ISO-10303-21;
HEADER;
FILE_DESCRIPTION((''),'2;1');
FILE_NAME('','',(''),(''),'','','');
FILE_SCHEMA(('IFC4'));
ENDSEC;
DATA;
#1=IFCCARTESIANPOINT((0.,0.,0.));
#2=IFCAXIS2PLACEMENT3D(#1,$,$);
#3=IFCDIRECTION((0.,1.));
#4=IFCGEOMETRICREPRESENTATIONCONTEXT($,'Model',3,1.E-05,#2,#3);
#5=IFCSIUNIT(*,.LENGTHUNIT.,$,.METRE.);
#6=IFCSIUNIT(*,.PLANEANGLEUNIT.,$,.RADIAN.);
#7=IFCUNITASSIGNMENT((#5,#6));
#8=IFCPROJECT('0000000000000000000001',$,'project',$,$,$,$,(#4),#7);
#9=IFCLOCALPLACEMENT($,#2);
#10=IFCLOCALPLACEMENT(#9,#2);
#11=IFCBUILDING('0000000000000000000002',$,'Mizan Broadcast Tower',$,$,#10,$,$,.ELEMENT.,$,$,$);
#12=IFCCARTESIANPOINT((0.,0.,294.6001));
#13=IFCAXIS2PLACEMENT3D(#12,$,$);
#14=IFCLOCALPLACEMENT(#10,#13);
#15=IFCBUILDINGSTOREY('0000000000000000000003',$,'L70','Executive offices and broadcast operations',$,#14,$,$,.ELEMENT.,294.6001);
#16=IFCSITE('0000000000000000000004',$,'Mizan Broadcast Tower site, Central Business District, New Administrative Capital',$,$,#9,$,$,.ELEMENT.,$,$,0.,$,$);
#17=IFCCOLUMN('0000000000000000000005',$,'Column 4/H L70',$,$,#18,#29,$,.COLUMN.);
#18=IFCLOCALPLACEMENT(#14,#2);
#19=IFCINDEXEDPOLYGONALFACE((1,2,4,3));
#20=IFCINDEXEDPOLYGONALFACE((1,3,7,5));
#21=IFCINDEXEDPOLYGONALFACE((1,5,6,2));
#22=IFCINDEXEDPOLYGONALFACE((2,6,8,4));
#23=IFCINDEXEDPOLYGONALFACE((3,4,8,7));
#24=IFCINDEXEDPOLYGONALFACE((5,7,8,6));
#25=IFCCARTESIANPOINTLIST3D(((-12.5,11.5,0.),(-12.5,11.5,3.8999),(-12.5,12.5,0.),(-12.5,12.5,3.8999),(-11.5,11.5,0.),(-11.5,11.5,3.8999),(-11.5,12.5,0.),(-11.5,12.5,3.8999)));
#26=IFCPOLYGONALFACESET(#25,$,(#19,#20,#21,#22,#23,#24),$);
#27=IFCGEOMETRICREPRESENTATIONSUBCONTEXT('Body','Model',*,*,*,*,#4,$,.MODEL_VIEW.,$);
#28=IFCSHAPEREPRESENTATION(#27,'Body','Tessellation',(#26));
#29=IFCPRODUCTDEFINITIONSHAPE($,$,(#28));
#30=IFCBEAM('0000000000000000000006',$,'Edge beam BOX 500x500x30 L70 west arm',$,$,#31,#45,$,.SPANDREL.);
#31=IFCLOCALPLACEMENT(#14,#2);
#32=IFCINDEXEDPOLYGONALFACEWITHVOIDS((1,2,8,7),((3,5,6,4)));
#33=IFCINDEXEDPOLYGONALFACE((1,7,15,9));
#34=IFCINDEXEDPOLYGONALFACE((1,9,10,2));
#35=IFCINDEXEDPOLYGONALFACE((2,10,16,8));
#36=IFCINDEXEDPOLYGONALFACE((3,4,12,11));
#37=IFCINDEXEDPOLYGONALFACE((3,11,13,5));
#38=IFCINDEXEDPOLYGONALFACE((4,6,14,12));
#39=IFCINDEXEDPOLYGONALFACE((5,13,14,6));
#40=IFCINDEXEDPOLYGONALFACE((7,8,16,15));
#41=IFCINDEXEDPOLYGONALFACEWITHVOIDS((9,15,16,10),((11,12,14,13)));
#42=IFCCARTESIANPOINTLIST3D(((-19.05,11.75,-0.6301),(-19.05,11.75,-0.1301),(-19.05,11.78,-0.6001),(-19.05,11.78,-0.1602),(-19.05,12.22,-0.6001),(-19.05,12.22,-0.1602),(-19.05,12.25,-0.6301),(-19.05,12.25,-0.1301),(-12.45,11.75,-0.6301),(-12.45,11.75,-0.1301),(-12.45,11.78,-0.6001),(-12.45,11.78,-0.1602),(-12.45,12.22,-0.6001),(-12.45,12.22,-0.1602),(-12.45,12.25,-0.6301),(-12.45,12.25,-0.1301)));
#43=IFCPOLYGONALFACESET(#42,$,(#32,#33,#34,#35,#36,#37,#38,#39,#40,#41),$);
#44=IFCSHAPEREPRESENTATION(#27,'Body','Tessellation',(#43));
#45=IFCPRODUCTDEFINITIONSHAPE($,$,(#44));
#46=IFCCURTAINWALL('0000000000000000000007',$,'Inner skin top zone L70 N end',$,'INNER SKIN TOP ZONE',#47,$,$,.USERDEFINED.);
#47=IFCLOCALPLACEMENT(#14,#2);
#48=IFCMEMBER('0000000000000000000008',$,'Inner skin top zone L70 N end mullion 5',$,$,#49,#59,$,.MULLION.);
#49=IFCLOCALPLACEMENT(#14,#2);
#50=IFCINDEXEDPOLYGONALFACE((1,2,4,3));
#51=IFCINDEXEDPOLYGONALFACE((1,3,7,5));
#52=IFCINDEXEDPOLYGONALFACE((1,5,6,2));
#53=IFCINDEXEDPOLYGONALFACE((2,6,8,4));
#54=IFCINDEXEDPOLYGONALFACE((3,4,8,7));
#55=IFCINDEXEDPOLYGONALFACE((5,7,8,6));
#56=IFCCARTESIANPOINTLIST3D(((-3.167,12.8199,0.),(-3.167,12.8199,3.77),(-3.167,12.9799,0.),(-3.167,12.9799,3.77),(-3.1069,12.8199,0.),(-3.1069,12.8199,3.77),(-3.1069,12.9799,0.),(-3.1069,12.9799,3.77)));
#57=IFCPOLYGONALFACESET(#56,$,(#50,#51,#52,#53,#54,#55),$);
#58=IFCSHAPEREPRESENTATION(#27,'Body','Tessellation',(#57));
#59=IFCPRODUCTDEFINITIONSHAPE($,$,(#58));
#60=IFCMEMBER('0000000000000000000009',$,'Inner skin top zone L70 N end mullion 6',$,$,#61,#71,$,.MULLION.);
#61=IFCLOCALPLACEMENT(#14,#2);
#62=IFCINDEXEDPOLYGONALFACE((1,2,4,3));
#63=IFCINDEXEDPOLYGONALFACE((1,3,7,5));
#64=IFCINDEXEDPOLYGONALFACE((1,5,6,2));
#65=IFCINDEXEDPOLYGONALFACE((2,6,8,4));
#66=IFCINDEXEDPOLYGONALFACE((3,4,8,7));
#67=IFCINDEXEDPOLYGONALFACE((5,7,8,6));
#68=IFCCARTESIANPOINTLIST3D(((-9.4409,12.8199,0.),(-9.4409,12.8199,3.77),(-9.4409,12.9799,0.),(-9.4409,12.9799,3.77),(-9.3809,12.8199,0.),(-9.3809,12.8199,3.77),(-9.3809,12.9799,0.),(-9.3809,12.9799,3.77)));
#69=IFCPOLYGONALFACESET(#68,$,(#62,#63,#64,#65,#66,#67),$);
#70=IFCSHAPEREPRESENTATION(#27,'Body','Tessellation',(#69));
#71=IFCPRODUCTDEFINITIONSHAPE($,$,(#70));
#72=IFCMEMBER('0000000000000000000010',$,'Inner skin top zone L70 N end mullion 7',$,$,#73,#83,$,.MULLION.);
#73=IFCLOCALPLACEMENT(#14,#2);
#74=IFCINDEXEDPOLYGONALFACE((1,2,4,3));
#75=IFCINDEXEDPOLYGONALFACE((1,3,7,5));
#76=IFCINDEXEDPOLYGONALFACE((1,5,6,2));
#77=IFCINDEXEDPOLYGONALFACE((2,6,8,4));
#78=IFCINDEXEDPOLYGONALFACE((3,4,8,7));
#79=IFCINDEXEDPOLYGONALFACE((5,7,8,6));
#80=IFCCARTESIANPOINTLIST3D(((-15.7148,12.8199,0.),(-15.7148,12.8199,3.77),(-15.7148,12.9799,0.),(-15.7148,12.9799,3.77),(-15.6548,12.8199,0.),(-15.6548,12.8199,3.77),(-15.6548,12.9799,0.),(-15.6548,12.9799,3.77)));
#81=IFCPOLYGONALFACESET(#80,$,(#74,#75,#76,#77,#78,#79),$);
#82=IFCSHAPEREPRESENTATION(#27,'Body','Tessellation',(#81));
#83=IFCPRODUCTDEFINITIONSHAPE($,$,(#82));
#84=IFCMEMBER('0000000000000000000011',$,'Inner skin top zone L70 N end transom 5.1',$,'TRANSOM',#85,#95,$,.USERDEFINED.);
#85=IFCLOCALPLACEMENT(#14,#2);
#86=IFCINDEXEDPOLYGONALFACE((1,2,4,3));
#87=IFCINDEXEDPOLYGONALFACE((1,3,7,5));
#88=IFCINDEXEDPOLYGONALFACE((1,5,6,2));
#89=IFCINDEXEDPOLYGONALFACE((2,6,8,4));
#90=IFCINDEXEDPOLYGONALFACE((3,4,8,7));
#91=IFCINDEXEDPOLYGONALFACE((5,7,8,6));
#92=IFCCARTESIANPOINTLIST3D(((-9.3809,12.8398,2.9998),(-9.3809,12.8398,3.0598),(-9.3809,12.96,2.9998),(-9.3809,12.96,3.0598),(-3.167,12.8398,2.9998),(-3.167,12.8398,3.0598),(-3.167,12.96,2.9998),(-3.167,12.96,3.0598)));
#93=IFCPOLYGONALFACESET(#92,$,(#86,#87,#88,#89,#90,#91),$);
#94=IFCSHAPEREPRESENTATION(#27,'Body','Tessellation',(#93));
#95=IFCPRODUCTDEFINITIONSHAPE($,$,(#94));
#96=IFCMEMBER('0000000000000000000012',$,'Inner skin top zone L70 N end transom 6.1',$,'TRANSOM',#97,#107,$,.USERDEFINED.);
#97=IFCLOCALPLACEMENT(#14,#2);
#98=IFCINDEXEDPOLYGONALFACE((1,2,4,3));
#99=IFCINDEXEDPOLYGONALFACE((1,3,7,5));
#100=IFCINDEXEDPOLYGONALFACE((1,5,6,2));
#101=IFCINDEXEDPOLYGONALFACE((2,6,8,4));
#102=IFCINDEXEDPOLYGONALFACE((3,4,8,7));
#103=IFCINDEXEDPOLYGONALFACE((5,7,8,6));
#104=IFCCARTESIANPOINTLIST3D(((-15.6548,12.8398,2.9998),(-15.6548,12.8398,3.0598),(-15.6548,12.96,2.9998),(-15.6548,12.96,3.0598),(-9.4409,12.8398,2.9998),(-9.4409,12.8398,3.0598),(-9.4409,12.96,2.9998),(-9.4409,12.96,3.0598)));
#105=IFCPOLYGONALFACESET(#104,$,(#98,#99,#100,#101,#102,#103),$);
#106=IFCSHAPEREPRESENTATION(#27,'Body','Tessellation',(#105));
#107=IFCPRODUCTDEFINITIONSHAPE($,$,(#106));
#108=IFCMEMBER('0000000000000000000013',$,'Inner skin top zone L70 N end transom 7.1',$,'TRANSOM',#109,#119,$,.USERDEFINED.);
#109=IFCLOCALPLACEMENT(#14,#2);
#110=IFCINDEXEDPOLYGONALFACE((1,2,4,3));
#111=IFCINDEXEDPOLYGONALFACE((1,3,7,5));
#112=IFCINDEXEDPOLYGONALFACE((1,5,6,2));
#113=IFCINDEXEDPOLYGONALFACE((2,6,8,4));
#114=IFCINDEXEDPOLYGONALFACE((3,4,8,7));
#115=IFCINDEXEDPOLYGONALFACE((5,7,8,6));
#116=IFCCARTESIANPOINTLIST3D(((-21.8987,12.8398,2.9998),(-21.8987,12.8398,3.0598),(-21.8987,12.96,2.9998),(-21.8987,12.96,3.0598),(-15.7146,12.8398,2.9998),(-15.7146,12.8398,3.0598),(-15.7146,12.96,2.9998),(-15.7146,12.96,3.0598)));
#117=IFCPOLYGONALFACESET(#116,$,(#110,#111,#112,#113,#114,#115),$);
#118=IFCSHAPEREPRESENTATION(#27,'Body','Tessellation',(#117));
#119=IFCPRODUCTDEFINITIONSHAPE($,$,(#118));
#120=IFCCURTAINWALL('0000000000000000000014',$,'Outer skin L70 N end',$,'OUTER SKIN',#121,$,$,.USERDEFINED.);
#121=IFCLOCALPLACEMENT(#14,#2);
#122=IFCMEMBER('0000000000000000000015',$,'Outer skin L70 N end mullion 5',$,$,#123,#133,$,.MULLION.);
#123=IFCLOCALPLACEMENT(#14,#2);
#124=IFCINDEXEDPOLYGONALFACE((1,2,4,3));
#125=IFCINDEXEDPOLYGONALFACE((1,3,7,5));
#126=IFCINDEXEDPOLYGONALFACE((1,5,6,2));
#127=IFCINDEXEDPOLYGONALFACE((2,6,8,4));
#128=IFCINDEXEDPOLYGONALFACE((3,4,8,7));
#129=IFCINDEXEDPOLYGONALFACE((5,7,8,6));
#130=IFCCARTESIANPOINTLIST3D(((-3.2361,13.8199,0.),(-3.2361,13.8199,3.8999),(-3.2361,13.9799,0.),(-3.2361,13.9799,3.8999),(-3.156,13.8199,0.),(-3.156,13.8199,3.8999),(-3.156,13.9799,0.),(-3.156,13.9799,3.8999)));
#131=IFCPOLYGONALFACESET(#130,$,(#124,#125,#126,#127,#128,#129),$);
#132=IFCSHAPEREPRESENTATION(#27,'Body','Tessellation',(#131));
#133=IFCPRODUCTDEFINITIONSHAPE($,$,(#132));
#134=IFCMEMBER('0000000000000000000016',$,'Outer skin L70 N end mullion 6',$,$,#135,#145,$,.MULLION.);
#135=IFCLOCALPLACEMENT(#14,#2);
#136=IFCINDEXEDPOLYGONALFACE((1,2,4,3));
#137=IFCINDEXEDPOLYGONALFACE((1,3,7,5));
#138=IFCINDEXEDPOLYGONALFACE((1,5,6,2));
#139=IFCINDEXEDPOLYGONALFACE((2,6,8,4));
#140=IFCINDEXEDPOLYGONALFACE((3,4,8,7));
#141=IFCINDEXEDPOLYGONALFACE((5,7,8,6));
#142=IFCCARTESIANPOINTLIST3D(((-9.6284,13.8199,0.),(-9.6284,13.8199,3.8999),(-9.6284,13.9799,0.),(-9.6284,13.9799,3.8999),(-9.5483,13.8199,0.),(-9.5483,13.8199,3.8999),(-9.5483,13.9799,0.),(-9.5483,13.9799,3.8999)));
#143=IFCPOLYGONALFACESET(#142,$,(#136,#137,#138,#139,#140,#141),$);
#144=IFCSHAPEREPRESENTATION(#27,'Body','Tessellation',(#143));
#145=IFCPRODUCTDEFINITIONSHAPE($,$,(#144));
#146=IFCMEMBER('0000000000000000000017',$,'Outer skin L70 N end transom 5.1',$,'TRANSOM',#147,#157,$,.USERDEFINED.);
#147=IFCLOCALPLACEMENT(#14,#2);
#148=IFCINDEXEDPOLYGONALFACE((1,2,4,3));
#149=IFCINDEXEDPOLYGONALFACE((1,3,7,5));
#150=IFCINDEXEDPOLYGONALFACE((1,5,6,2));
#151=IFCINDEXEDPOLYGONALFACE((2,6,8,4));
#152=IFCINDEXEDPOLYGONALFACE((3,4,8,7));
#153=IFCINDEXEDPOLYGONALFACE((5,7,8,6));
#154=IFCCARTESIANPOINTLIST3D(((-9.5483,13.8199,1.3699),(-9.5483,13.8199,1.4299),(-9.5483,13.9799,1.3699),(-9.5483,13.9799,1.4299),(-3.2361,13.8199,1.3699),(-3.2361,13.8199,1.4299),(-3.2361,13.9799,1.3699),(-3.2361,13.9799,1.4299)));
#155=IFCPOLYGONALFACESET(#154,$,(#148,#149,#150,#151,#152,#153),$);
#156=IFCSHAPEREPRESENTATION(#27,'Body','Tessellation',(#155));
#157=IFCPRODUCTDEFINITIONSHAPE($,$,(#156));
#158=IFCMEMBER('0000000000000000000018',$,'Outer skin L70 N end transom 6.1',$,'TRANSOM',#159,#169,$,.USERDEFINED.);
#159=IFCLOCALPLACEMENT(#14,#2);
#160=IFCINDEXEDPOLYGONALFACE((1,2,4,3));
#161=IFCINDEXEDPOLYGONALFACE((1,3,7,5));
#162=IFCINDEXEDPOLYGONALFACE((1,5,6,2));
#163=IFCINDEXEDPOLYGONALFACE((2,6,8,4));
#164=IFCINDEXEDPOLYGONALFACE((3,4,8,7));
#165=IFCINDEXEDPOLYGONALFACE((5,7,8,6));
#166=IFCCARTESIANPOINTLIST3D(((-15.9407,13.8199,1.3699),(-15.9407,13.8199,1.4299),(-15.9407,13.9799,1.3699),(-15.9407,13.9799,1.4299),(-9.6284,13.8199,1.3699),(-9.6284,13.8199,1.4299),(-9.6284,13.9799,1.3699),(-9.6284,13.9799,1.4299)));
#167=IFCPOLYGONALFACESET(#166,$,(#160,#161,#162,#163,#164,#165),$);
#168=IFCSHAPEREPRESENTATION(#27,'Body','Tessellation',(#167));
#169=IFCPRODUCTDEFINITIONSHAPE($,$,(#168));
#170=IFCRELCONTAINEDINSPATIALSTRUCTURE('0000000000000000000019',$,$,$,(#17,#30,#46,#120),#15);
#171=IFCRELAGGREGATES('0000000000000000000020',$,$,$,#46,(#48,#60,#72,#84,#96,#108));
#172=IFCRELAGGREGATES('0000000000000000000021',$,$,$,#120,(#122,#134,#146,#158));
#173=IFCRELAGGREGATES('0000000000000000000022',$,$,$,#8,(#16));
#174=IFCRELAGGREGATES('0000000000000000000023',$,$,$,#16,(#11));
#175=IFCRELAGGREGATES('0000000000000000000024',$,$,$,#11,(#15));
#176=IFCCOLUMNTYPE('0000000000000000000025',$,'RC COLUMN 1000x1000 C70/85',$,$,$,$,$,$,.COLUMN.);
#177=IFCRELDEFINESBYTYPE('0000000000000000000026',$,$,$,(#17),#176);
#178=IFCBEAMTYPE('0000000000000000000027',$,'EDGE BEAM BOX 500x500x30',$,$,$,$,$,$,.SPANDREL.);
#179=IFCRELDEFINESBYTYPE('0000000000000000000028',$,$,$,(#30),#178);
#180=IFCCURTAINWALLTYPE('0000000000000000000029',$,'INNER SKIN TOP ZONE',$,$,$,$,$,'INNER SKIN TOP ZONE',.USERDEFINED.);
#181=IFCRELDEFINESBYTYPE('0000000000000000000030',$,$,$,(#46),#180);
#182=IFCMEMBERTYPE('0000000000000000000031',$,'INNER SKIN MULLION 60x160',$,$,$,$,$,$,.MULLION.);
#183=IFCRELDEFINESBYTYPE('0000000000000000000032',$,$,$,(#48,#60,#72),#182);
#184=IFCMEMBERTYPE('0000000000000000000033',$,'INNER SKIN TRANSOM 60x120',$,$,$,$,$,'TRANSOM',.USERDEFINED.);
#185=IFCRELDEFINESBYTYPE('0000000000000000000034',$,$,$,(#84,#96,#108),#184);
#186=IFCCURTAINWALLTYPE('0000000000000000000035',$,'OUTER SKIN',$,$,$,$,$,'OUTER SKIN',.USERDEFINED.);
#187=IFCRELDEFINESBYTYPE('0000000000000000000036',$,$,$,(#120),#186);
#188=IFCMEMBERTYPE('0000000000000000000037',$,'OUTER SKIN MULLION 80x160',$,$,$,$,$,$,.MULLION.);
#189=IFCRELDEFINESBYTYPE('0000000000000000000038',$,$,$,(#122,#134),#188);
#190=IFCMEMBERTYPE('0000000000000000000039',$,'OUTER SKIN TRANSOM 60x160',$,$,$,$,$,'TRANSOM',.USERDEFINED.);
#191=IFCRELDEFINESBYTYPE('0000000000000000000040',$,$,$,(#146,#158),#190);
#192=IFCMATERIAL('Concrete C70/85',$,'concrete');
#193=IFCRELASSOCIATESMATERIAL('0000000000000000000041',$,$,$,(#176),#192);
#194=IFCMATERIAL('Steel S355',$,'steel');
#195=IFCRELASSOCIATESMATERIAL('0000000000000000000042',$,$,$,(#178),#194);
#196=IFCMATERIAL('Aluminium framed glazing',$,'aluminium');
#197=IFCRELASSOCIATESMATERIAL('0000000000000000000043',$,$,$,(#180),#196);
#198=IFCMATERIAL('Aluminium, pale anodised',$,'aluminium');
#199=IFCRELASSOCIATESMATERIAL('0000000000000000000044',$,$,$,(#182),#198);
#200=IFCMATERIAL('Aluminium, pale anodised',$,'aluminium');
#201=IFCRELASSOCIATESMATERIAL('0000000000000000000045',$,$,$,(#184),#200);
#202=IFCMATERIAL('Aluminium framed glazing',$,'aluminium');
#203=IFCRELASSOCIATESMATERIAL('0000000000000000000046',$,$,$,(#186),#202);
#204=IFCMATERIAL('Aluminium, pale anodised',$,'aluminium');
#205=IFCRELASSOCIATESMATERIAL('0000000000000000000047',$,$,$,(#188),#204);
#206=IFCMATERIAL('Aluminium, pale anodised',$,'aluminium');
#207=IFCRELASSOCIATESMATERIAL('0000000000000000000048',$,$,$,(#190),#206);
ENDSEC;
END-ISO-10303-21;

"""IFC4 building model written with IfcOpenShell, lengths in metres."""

from ifc_helpers import new_model, si_unit, direction, frame, origin, origin_2d, place, context, subcontext, project, spatial, rectangle, hollow_rectangle, extrude, material, material_profile, profile_set, type_object, element, aggregate, save


model = new_model("IFC4")

# Units and contexts
model_context = context("Model", 3, precision=1e-05, world=origin(), true_north=direction((0.0, 1.0)))
body_context = subcontext(model_context, "Body", "Model", "MODEL_VIEW")
ifc_project = project(units=[si_unit("LENGTHUNIT", "METRE"), si_unit("PLANEANGLEUNIT", "RADIAN")], contexts=[model_context])

# Site, building, storey
site_placement = place(None, origin())
site = spatial("IfcSite", under=ifc_project, at=site_placement, Name="Mizan Broadcast Tower site, Central Business District, New Administrative Capital", CompositionType="ELEMENT", RefElevation=0.0)
building_placement = place(site_placement, origin())
building = spatial("IfcBuilding", under=site, at=building_placement, Name="Mizan Broadcast Tower", CompositionType="ELEMENT")
storey_placement = place(building_placement, frame((0.0, 0.0, 294.6001)))
storey = spatial("IfcBuildingStorey", under=building, at=storey_placement, Name="L70", Description="Executive offices and broadcast operations", CompositionType="ELEMENT", Elevation=294.6001)

# Column
ifc_material_1 = material(Name="Concrete C70/85", Category="concrete")
ifc_material_profile_1 = material_profile(ifc_material_1, rectangle(XDim=1.0, YDim=1.0, at=origin_2d()), Name="RC 1000x1000")
ifc_profile_set_1 = profile_set([ifc_material_profile_1], Name="Concrete C70/85")
column_type = type_object("IfcColumnType", Name="RC COLUMN 1000x1000 C70/85", PredefinedType="COLUMN", material=ifc_profile_set_1)
column_placement = place(storey_placement, frame((-12.0, 12.0, 0.0), z_axis=(0.0, 0.0, 1.0), x_axis=(1.0, 0.0, 0.0)))
element("IfcColumn", 1, at=column_placement, inside=storey, type_object=column_type, Name="Column 4/H L70", PredefinedType="COLUMN", context=body_context, shape_type="SweptSolid", body=[
    extrude(rectangle(XDim=1.0, YDim=1.0, at=origin_2d()), origin(), (0.0, 0.0, 1.0), 3.8999),
])

# Beam
ifc_material_2 = material(Name="Steel S355", Category="steel")
ifc_material_profile_2 = material_profile(ifc_material_2, hollow_rectangle(XDim=0.5, YDim=0.5, WallThickness=0.03, at=origin_2d()), Name="BOX 500x500x30")
ifc_profile_set_2 = profile_set([ifc_material_profile_2], Name="Steel S355")
beam_type_1 = type_object("IfcBeamType", Name="EDGE BEAM BOX 500x500x30", PredefinedType="SPANDREL", material=ifc_profile_set_2)
beam_1_placement = place(storey_placement, frame((-12.45, 12.0, -0.3801), z_axis=(-1.0, 0.0, 0.0), x_axis=(0.0, -1.0, 0.0)))
element("IfcBeam", 2, at=beam_1_placement, inside=storey, type_object=beam_type_1, Name="Edge beam BOX 500x500x30 L70 west arm", PredefinedType="SPANDREL", context=body_context, shape_type="SweptSolid", body=[
    extrude(hollow_rectangle(XDim=0.5, YDim=0.5, WallThickness=0.03, at=origin_2d()), origin(), (0.0, 0.0, 1.0), 6.6001),
])

# Curtain walls, members
ifc_material_3 = material(Name="Aluminium framed glazing", Category="aluminium")
curtain_wall_type_1 = type_object("IfcCurtainWallType", Name="INNER SKIN TOP ZONE", ElementType="INNER SKIN TOP ZONE", PredefinedType="USERDEFINED", material=ifc_material_3)
curtain_wall_1_placement = place(storey_placement, origin())
curtain_wall_1 = element("IfcCurtainWall", 3, at=curtain_wall_1_placement, inside=storey, type_object=curtain_wall_type_1, Name="Inner skin top zone L70 N end", ObjectType="INNER SKIN TOP ZONE", PredefinedType="USERDEFINED")
ifc_material_4 = material(Name="Aluminium, pale anodised", Category="aluminium")
ifc_material_profile_3 = material_profile(ifc_material_4, rectangle(XDim=0.1599, YDim=0.0601, at=origin_2d()), Name="MULLION 160x60")
ifc_profile_set_3 = profile_set([ifc_material_profile_3], Name="Aluminium, pale anodised")
member_type_1 = type_object("IfcMemberType", Name="INNER SKIN MULLION 60x160", PredefinedType="MULLION", material=ifc_profile_set_3)
member_1_placement = place(storey_placement, frame((-3.137, 12.8999, 0.0), z_axis=(0.0, 0.0, 1.0), x_axis=(0.0, -1.0, 0.0)))
member_1 = element("IfcMember", 4, at=member_1_placement, type_object=member_type_1, Name="Inner skin top zone L70 N end mullion 5", PredefinedType="MULLION", context=body_context, shape_type="SweptSolid", body=[
    extrude(rectangle(XDim=0.1599, YDim=0.0601, at=origin_2d()), origin(), (0.0, 0.0, 1.0), 3.77),
])
member_2_placement = place(storey_placement, frame((-9.4109, 12.8999, 0.0), z_axis=(0.0, 0.0, 1.0), x_axis=(0.0, -1.0, 0.0)))
member_2 = element("IfcMember", 5, at=member_2_placement, type_object=member_type_1, Name="Inner skin top zone L70 N end mullion 6", PredefinedType="MULLION", context=body_context, shape_type="SweptSolid", body=[
    extrude(rectangle(XDim=0.1599, YDim=0.0601, at=origin_2d()), origin(), (0.0, 0.0, 1.0), 3.77),
])
member_3_placement = place(storey_placement, frame((-15.6848, 12.8999, 0.0), z_axis=(0.0, 0.0, 1.0), x_axis=(0.0, -1.0, 0.0)))
member_3 = element("IfcMember", 6, at=member_3_placement, type_object=member_type_1, Name="Inner skin top zone L70 N end mullion 7", PredefinedType="MULLION", context=body_context, shape_type="SweptSolid", body=[
    extrude(rectangle(XDim=0.1599, YDim=0.0601, at=origin_2d()), origin(), (0.0, 0.0, 1.0), 3.77),
])
ifc_material_5 = material(Name="Aluminium, pale anodised", Category="aluminium")
ifc_material_profile_4 = material_profile(ifc_material_5, rectangle(XDim=0.1201, YDim=0.0601, at=origin_2d()), Name="TRANSOM 120x60")
ifc_profile_set_4 = profile_set([ifc_material_profile_4], Name="Aluminium, pale anodised")
member_type_2 = type_object("IfcMemberType", Name="INNER SKIN TRANSOM 60x120", ElementType="TRANSOM", PredefinedType="USERDEFINED", material=ifc_profile_set_4)
member_4_placement = place(storey_placement, frame((-3.167, 12.8999, 3.0298), z_axis=(-1.0, 0.0, 0.0), x_axis=(0.0, -1.0, 0.0)))
member_4 = element("IfcMember", 7, at=member_4_placement, type_object=member_type_2, Name="Inner skin top zone L70 N end transom 5.1", ObjectType="TRANSOM", PredefinedType="USERDEFINED", context=body_context, shape_type="SweptSolid", body=[
    extrude(rectangle(XDim=0.1201, YDim=0.0601, at=origin_2d()), origin(), (0.0, 0.0, 1.0), 6.2139),
])
member_5_placement = place(storey_placement, frame((-9.4409, 12.8999, 3.0298), z_axis=(-1.0, 0.0, 0.0), x_axis=(0.0, -1.0, 0.0)))
member_5 = element("IfcMember", 8, at=member_5_placement, type_object=member_type_2, Name="Inner skin top zone L70 N end transom 6.1", ObjectType="TRANSOM", PredefinedType="USERDEFINED", context=body_context, shape_type="SweptSolid", body=[
    extrude(rectangle(XDim=0.1201, YDim=0.0601, at=origin_2d()), origin(), (0.0, 0.0, 1.0), 6.2139),
])
member_6_placement = place(storey_placement, frame((-15.7146, 12.8999, 3.0298), z_axis=(-1.0, 0.0, 0.0), x_axis=(0.0, -1.0, 0.0)))
member_6 = element("IfcMember", 9, at=member_6_placement, type_object=member_type_2, Name="Inner skin top zone L70 N end transom 7.1", ObjectType="TRANSOM", PredefinedType="USERDEFINED", context=body_context, shape_type="SweptSolid", body=[
    extrude(rectangle(XDim=0.1201, YDim=0.0601, at=origin_2d()), origin(), (0.0, 0.0, 1.0), 6.1841),
])
ifc_material_6 = material(Name="Aluminium framed glazing", Category="aluminium")
curtain_wall_type_2 = type_object("IfcCurtainWallType", Name="OUTER SKIN", ElementType="OUTER SKIN", PredefinedType="USERDEFINED", material=ifc_material_6)
curtain_wall_2_placement = place(storey_placement, origin())
curtain_wall_2 = element("IfcCurtainWall", 10, at=curtain_wall_2_placement, inside=storey, type_object=curtain_wall_type_2, Name="Outer skin L70 N end", ObjectType="OUTER SKIN", PredefinedType="USERDEFINED")
ifc_material_7 = material(Name="Aluminium, pale anodised", Category="aluminium")
ifc_material_profile_5 = material_profile(ifc_material_7, rectangle(XDim=0.1599, YDim=0.0801, at=origin_2d()), Name="MULLION 160x80")
ifc_profile_set_5 = profile_set([ifc_material_profile_5], Name="Aluminium, pale anodised")
member_type_3 = type_object("IfcMemberType", Name="OUTER SKIN MULLION 80x160", PredefinedType="MULLION", material=ifc_profile_set_5)
member_7_placement = place(storey_placement, frame((-3.196, 13.8999, 0.0), z_axis=(0.0, 0.0, 1.0), x_axis=(0.0, -1.0, 0.0)))
member_7 = element("IfcMember", 11, at=member_7_placement, type_object=member_type_3, Name="Outer skin L70 N end mullion 5", PredefinedType="MULLION", context=body_context, shape_type="SweptSolid", body=[
    extrude(rectangle(XDim=0.1599, YDim=0.0801, at=origin_2d()), origin(), (0.0, 0.0, 1.0), 3.8999),
])
member_8_placement = place(storey_placement, frame((-9.5884, 13.8999, 0.0), z_axis=(0.0, 0.0, 1.0), x_axis=(0.0, -1.0, 0.0)))
member_8 = element("IfcMember", 12, at=member_8_placement, type_object=member_type_3, Name="Outer skin L70 N end mullion 6", PredefinedType="MULLION", context=body_context, shape_type="SweptSolid", body=[
    extrude(rectangle(XDim=0.1599, YDim=0.0801, at=origin_2d()), origin(), (0.0, 0.0, 1.0), 3.8999),
])
ifc_material_8 = material(Name="Aluminium, pale anodised", Category="aluminium")
ifc_material_profile_6 = material_profile(ifc_material_8, rectangle(XDim=0.1599, YDim=0.0601, at=origin_2d()), Name="TRANSOM 160x60")
ifc_profile_set_6 = profile_set([ifc_material_profile_6], Name="Aluminium, pale anodised")
member_type_4 = type_object("IfcMemberType", Name="OUTER SKIN TRANSOM 60x160", ElementType="TRANSOM", PredefinedType="USERDEFINED", material=ifc_profile_set_6)
member_9_placement = place(storey_placement, frame((-3.2361, 13.8999, 1.3999), z_axis=(-1.0, 0.0, 0.0), x_axis=(0.0, -1.0, 0.0)))
member_9 = element("IfcMember", 13, at=member_9_placement, type_object=member_type_4, Name="Outer skin L70 N end transom 5.1", ObjectType="TRANSOM", PredefinedType="USERDEFINED", context=body_context, shape_type="SweptSolid", body=[
    extrude(rectangle(XDim=0.1599, YDim=0.0601, at=origin_2d()), origin(), (0.0, 0.0, 1.0), 6.3123),
])
member_10_placement = place(storey_placement, frame((-9.6284, 13.8999, 1.3999), z_axis=(-1.0, 0.0, 0.0), x_axis=(0.0, -1.0, 0.0)))
member_10 = element("IfcMember", 14, at=member_10_placement, type_object=member_type_4, Name="Outer skin L70 N end transom 6.1", ObjectType="TRANSOM", PredefinedType="USERDEFINED", context=body_context, shape_type="SweptSolid", body=[
    extrude(rectangle(XDim=0.1599, YDim=0.0601, at=origin_2d()), origin(), (0.0, 0.0, 1.0), 6.3123),
])

aggregate(curtain_wall_1, [member_1, member_2, member_3, member_4, member_5, member_6])
aggregate(curtain_wall_2, [member_7, member_8, member_9, member_10])

save(model, "model.ifc")
